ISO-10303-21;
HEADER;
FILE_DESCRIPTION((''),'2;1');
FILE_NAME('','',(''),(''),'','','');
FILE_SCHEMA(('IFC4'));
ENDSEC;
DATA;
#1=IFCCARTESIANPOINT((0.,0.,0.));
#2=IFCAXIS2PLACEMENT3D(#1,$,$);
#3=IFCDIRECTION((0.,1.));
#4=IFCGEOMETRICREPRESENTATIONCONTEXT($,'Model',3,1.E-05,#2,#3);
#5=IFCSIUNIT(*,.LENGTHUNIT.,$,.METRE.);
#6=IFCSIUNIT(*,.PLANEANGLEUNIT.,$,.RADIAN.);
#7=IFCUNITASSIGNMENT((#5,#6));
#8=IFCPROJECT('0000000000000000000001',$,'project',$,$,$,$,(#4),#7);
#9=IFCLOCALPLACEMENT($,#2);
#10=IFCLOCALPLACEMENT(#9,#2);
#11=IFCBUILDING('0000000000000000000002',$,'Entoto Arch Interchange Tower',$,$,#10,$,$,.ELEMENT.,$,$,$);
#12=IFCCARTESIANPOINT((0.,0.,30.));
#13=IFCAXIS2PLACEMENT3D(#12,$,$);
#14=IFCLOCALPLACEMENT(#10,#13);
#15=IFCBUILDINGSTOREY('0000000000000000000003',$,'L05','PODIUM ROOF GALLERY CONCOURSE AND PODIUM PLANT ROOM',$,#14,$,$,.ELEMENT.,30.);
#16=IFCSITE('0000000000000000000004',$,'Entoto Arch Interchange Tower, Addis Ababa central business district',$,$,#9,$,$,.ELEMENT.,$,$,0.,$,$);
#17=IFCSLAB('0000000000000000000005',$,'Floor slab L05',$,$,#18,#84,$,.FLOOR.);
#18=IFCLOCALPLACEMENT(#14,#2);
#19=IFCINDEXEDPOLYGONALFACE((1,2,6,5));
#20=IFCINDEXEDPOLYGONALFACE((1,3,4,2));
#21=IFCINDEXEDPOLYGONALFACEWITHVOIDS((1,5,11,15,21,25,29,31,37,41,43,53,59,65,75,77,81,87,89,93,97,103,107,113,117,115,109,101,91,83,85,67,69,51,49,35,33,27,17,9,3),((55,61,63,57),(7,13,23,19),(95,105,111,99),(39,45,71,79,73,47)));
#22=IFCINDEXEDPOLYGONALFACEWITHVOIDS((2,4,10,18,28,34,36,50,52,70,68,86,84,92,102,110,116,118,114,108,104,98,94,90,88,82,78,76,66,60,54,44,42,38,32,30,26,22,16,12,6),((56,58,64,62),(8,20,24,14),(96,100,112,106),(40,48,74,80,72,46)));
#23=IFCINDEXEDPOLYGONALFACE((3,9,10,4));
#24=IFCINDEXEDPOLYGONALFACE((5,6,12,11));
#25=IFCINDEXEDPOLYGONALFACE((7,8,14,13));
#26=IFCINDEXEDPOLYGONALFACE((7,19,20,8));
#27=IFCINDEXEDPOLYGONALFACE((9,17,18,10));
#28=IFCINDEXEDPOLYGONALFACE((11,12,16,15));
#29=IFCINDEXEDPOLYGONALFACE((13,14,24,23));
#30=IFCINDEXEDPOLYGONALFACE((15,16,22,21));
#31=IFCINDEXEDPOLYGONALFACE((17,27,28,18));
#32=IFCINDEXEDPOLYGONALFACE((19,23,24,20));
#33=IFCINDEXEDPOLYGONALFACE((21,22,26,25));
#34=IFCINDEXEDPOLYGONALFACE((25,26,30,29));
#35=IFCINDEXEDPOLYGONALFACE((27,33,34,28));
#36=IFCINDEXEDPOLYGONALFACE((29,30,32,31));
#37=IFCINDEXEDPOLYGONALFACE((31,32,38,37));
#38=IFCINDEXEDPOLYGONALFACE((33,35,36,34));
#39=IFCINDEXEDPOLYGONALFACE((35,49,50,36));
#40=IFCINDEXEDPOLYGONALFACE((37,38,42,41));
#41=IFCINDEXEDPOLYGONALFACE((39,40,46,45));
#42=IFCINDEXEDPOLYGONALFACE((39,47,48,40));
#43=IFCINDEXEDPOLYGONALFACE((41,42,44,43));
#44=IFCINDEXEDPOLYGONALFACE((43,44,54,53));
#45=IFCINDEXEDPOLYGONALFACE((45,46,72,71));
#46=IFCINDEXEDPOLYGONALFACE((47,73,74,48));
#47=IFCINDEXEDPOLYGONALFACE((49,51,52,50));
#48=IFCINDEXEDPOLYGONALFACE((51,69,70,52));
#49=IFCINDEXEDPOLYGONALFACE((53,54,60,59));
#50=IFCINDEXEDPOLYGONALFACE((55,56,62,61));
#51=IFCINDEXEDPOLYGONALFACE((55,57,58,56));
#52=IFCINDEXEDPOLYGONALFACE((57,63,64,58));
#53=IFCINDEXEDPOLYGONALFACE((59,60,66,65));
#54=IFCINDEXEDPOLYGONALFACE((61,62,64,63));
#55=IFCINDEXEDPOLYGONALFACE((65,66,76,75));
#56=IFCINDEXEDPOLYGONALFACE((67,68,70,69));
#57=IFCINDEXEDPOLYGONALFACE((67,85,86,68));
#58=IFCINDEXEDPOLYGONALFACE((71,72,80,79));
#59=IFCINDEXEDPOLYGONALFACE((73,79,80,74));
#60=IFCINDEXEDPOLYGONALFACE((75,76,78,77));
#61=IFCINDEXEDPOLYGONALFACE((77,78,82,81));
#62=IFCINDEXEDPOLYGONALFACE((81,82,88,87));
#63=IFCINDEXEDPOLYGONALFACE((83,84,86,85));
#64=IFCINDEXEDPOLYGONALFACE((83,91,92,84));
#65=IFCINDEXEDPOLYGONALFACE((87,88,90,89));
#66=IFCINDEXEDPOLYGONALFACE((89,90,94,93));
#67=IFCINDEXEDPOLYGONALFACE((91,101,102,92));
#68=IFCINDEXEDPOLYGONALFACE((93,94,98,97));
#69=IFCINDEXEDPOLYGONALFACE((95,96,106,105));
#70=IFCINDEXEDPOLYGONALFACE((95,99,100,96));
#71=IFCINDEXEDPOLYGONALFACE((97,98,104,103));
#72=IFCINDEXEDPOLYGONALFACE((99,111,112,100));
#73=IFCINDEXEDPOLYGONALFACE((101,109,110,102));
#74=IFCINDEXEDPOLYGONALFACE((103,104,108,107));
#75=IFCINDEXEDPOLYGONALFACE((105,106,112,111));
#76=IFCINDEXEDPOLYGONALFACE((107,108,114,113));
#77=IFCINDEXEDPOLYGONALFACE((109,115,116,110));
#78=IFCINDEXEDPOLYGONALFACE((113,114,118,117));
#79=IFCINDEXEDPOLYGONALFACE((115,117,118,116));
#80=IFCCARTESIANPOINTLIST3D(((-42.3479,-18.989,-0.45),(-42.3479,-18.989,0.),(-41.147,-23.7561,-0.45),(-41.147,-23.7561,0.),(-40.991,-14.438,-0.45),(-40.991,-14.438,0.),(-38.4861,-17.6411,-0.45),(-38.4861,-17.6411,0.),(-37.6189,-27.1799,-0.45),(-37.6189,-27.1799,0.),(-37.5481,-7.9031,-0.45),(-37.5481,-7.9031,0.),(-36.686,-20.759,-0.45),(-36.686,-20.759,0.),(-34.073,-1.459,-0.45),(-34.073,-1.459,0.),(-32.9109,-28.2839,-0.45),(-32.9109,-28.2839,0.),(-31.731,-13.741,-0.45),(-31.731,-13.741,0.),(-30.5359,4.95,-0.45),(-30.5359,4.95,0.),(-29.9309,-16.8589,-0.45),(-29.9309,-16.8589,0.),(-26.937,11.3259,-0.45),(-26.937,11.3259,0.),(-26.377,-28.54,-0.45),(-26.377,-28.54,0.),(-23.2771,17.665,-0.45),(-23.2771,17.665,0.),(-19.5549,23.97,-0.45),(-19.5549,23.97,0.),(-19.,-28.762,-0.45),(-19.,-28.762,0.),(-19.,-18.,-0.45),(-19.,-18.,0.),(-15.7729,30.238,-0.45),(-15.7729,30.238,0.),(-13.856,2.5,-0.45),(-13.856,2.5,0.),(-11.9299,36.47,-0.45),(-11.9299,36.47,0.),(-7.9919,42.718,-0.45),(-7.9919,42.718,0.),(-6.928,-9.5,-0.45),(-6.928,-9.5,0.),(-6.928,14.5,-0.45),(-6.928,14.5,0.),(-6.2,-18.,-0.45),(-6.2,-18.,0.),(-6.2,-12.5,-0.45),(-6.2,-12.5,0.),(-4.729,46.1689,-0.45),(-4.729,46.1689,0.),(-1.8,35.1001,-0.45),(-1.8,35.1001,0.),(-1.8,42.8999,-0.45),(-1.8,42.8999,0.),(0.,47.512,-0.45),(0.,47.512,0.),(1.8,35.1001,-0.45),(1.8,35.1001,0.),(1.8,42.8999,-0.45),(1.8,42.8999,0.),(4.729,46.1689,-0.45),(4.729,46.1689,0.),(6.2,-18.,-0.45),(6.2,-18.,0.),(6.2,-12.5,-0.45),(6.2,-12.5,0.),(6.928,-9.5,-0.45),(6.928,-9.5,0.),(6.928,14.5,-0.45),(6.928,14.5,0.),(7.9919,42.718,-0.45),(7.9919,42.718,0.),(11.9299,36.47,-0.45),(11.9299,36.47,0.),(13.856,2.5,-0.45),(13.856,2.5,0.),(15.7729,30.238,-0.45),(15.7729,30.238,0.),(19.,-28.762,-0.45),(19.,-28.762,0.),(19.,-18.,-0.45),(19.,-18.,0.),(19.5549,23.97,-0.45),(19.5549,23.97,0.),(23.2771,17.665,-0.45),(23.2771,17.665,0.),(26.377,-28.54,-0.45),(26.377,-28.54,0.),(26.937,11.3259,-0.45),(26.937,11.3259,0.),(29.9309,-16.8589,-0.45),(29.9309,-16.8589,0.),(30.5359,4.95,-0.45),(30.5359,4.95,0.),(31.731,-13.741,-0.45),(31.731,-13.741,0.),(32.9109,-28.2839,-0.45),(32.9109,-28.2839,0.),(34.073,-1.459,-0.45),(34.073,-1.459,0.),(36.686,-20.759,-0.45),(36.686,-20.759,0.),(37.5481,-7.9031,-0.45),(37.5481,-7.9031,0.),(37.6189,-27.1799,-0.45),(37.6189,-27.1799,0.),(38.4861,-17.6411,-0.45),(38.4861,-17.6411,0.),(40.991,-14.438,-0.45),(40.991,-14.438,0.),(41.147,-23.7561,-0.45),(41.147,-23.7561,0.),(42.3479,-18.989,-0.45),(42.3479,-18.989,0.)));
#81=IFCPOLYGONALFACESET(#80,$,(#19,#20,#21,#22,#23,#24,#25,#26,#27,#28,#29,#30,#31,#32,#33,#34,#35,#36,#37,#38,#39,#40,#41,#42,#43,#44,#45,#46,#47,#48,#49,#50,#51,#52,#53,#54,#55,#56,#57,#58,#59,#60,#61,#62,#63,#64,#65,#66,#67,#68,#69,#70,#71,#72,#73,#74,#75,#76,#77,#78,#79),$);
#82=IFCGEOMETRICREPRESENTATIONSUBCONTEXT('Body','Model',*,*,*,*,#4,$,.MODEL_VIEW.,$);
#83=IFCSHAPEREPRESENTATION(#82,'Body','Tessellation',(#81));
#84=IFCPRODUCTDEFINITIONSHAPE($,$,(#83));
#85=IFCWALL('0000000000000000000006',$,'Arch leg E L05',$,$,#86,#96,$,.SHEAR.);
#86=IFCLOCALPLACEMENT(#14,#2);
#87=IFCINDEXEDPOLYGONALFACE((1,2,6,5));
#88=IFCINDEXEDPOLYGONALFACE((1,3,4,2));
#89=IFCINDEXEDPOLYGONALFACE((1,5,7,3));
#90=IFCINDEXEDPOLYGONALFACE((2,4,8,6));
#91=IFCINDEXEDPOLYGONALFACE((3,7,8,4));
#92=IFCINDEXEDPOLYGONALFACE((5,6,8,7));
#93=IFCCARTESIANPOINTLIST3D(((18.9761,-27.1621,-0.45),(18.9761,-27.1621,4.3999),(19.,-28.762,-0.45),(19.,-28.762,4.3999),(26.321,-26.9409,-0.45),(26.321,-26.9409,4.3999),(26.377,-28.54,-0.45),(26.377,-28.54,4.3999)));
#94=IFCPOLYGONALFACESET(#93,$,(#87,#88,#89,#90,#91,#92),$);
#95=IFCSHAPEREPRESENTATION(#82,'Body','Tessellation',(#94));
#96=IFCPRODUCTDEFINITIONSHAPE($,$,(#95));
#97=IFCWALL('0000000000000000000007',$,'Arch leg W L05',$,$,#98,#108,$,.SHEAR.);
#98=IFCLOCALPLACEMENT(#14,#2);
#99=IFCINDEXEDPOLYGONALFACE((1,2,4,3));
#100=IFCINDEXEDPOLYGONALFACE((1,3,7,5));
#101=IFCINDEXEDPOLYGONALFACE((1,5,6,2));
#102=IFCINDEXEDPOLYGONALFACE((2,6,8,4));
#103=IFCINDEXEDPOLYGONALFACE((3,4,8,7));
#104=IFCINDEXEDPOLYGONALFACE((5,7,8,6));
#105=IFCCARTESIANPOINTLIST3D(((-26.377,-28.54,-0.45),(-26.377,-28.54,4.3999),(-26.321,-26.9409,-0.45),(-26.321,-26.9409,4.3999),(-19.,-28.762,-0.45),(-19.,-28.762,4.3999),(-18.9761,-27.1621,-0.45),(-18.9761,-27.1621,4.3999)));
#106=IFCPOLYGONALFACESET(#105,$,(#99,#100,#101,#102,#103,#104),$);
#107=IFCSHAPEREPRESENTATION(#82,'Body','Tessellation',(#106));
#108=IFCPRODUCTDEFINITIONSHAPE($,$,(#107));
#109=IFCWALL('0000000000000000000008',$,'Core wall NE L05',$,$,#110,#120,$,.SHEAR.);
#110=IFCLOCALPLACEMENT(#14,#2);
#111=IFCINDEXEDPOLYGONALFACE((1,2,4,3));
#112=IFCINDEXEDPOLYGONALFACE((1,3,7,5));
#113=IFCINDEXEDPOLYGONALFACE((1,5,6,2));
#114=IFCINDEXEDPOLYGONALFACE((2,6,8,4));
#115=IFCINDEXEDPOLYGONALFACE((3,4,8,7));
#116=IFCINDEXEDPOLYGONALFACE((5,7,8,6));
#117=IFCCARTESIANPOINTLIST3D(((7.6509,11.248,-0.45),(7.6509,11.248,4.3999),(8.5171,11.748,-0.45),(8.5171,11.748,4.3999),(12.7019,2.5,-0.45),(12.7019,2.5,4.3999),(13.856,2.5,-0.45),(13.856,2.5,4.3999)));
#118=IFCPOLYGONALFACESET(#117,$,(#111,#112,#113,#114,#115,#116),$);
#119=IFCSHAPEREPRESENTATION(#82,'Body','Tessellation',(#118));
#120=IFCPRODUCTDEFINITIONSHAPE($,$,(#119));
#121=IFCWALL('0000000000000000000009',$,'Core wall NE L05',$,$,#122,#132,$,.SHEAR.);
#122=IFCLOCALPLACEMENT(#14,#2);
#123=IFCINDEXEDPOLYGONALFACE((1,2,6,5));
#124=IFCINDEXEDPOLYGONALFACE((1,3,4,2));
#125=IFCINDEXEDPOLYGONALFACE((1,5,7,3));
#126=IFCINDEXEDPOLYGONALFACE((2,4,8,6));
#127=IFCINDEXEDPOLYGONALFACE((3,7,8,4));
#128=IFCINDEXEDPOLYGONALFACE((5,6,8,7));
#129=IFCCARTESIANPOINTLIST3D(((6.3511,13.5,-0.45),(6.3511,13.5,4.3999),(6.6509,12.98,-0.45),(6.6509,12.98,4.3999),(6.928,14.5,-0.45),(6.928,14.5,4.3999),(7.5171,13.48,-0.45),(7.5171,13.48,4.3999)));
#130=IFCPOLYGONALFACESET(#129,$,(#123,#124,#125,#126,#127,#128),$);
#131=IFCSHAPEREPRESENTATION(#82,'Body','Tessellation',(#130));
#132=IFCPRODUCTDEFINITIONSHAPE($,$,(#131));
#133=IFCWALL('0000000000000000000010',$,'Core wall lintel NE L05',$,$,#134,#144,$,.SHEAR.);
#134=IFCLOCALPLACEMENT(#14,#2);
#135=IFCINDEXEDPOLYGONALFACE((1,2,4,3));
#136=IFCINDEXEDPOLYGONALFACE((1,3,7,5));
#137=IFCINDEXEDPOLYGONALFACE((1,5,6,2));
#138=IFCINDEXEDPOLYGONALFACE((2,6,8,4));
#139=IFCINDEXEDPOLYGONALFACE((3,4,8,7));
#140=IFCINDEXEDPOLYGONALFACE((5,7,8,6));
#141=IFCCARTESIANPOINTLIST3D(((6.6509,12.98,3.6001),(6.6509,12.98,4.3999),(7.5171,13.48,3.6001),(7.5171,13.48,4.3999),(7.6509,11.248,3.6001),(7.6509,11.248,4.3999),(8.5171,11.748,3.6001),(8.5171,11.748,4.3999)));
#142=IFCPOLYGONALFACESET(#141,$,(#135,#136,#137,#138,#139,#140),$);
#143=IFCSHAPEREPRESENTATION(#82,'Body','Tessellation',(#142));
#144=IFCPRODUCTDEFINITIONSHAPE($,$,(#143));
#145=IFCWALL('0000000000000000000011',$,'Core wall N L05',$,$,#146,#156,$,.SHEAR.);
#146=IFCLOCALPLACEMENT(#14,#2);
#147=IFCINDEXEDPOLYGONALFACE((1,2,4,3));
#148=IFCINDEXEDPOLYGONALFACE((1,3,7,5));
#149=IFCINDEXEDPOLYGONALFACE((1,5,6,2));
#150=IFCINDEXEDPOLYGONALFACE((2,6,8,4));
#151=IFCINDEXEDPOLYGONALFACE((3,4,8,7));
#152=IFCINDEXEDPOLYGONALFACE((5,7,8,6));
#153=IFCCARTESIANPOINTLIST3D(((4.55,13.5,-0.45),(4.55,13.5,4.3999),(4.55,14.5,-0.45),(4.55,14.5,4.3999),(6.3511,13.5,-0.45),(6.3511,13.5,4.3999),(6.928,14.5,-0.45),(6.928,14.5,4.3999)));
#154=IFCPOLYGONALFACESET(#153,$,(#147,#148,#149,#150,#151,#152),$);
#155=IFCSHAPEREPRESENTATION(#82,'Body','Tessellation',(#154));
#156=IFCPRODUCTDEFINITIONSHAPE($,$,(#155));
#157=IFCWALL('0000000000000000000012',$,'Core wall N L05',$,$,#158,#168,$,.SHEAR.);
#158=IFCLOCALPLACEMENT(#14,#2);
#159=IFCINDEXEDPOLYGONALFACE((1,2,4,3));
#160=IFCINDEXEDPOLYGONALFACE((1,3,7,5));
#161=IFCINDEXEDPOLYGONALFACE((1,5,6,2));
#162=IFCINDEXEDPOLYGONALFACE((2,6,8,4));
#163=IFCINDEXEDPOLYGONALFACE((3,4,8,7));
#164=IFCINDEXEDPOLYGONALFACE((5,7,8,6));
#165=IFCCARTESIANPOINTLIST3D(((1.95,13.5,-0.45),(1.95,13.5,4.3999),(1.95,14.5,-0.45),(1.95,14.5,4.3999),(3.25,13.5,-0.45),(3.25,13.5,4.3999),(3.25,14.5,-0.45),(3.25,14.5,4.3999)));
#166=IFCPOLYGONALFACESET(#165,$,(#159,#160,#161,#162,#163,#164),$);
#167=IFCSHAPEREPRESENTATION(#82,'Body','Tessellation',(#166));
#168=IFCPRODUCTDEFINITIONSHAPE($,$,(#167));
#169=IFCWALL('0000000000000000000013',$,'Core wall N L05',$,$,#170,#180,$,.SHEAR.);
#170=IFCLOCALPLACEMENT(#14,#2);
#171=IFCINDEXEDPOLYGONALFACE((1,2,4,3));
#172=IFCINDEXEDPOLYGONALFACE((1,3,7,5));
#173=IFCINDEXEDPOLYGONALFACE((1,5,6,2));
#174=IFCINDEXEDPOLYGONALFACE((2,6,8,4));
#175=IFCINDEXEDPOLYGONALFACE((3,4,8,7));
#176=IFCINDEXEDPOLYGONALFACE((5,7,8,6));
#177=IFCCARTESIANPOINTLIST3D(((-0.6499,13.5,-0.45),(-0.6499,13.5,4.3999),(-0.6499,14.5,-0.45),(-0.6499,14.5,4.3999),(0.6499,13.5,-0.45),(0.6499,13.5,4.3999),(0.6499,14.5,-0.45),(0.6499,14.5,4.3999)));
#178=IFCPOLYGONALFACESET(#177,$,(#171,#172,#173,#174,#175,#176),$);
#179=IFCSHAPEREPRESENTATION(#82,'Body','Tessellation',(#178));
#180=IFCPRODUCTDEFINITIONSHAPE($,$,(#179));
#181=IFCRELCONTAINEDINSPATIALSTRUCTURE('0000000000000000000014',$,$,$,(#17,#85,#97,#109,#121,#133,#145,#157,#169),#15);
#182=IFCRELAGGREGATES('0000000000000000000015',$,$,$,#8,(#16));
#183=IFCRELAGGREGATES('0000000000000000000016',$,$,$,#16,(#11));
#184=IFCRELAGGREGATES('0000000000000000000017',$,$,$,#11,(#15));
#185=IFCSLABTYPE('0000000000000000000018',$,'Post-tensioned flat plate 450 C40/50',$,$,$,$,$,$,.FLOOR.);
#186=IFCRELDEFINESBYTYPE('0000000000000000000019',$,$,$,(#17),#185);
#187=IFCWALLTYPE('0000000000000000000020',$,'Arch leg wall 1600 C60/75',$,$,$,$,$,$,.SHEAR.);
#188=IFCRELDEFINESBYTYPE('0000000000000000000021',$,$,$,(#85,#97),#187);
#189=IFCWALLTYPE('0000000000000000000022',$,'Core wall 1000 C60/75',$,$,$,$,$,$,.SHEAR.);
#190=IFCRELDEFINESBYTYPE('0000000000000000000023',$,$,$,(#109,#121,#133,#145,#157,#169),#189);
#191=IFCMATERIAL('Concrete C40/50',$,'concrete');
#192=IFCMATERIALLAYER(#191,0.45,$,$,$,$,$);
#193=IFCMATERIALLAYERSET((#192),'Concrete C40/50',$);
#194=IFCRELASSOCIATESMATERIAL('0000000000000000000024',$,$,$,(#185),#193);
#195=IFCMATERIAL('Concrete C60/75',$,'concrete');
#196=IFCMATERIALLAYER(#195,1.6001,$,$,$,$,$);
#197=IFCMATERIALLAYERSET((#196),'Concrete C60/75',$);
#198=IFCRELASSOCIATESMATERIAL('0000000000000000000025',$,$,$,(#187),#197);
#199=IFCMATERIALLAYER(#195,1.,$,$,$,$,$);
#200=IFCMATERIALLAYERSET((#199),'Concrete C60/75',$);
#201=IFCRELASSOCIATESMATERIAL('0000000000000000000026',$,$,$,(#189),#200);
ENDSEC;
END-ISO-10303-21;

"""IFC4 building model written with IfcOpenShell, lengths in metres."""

from ifc_helpers import new_model, si_unit, direction, frame, origin, place, context, subcontext, project, spatial, polyline, outline, extrude, material, layer, layer_set, type_object, element, save


model = new_model("IFC4")

# Units and contexts
model_context = context("Model", 3, precision=1e-05, world=origin(), true_north=direction((0.0, 1.0)))
body_context = subcontext(model_context, "Body", "Model", "MODEL_VIEW")
ifc_project = project(units=[si_unit("LENGTHUNIT", "METRE"), si_unit("PLANEANGLEUNIT", "RADIAN")], contexts=[model_context])

# Site, building, storey
site_placement = place(None, origin())
site = spatial("IfcSite", under=ifc_project, at=site_placement, Name="Entoto Arch Interchange Tower, Addis Ababa central business district", CompositionType="ELEMENT", RefElevation=0.0)
building_placement = place(site_placement, origin())
building = spatial("IfcBuilding", under=site, at=building_placement, Name="Entoto Arch Interchange Tower", CompositionType="ELEMENT")
storey_placement = place(building_placement, frame((0.0, 0.0, 30.0)))
storey = spatial("IfcBuildingStorey", under=building, at=storey_placement, Name="L05", Description="PODIUM ROOF GALLERY CONCOURSE AND PODIUM PLANT ROOM", CompositionType="ELEMENT", Elevation=30.0)

# Slab
ifc_material_1 = material(Name="Concrete C40/50", Category="concrete")
ifc_layer_1 = layer(ifc_material_1, 0.45)
ifc_layer_set_1 = layer_set([ifc_layer_1], Name="Concrete C40/50")
slab_type = type_object("IfcSlabType", Name="Post-tensioned flat plate 450 C40/50", PredefinedType="FLOOR", material=ifc_layer_set_1)
slab_placement = place(storey_placement, frame((0.0, 0.0, -0.45)))
element("IfcSlab", 1, at=slab_placement, inside=storey, type_object=slab_type, Name="Floor slab L05", PredefinedType="FLOOR", context=body_context, shape_type="SweptSolid", body=[
    extrude(outline(polyline([(-26.377, -28.54), (-19.0, -28.762), (-19.0, -18.0), (-6.2, -18.0), (-6.2, -12.5), (6.2, -12.5), (6.2, -18.0), (19.0, -18.0), (19.0, -28.762), (26.377, -28.54), (32.9109, -28.2839), (37.6189, -27.1799), (41.147, -23.7561), (42.3479, -18.989), (40.991, -14.438), (37.5481, -7.9031), (34.073, -1.459), (30.5359, 4.95), (26.937, 11.3259), (23.2771, 17.665), (19.5549, 23.97), (15.7729, 30.238), (11.9299, 36.47), (7.9919, 42.718), (4.729, 46.1689), (0.0, 47.512), (-4.729, 46.1689), (-7.9919, 42.718), (-11.9299, 36.47), (-15.7729, 30.238), (-19.5549, 23.97), (-23.2771, 17.665), (-26.937, 11.3259), (-30.5359, 4.95), (-34.073, -1.459), (-37.5481, -7.9031), (-40.991, -14.438), (-42.3479, -18.989), (-41.147, -23.7561), (-37.6189, -27.1799), (-32.9109, -28.2839), (-26.377, -28.54)]), holes=[polyline([(-29.9309, -16.8589), (-31.731, -13.741), (-38.4861, -17.6411), (-36.686, -20.759), (-29.9309, -16.8589)]), polyline([(31.731, -13.741), (29.9309, -16.8589), (36.686, -20.759), (38.4861, -17.6411), (31.731, -13.741)]), polyline([(-6.928, -9.5), (6.928, -9.5), (13.856, 2.5), (6.928, 14.5), (-6.928, 14.5), (-13.856, 2.5), (-6.928, -9.5)]), polyline([(-1.8, 42.8999), (-1.8, 35.1001), (1.8, 35.1001), (1.8, 42.8999), (-1.8, 42.8999)])]), origin(), (0.0, 0.0, 1.0), 0.45),
])

# Walls
ifc_material_2 = material(Name="Concrete C60/75", Category="concrete")
ifc_layer_2 = layer(ifc_material_2, 1.6001)
ifc_layer_set_2 = layer_set([ifc_layer_2], Name="Concrete C60/75")
wall_type_1 = type_object("IfcWallType", Name="Arch leg wall 1600 C60/75", PredefinedType="SHEAR", material=ifc_layer_set_2)
wall_1_placement = place(storey_placement, frame((0.0, 0.0, -0.45)))
element("IfcWall", 2, at=wall_1_placement, inside=storey, type_object=wall_type_1, Name="Arch leg E L05", PredefinedType="SHEAR", context=body_context, shape_type="SweptSolid", body=[
    extrude(outline(polyline([(19.0, -28.762), (26.377, -28.54), (26.321, -26.9409), (18.9761, -27.1621), (19.0, -28.762)])), origin(), (0.0, 0.0, 1.0), 4.8499),
])
wall_2_placement = place(storey_placement, frame((0.0, 0.0, -0.45)))
element("IfcWall", 3, at=wall_2_placement, inside=storey, type_object=wall_type_1, Name="Arch leg W L05", PredefinedType="SHEAR", context=body_context, shape_type="SweptSolid", body=[
    extrude(outline(polyline([(-26.377, -28.54), (-19.0, -28.762), (-18.9761, -27.1621), (-26.321, -26.9409), (-26.377, -28.54)])), origin(), (0.0, 0.0, 1.0), 4.8499),
])
ifc_layer_3 = layer(ifc_material_2, 1.0)
ifc_layer_set_3 = layer_set([ifc_layer_3], Name="Concrete C60/75")
wall_type_2 = type_object("IfcWallType", Name="Core wall 1000 C60/75", PredefinedType="SHEAR", material=ifc_layer_set_3)
wall_3_placement = place(storey_placement, frame((0.0, 0.0, -0.45)))
element("IfcWall", 4, at=wall_3_placement, inside=storey, type_object=wall_type_2, Name="Core wall NE L05", PredefinedType="SHEAR", context=body_context, shape_type="SweptSolid", body=[
    extrude(outline(polyline([(8.5171, 11.748), (7.6509, 11.248), (12.7019, 2.5), (13.856, 2.5), (8.5171, 11.748)])), origin(), (0.0, 0.0, 1.0), 4.8499),
])
wall_4_placement = place(storey_placement, frame((0.0, 0.0, -0.45)))
element("IfcWall", 5, at=wall_4_placement, inside=storey, type_object=wall_type_2, Name="Core wall NE L05", PredefinedType="SHEAR", context=body_context, shape_type="SweptSolid", body=[
    extrude(outline(polyline([(6.6509, 12.98), (7.5171, 13.48), (6.928, 14.5), (6.3511, 13.5), (6.6509, 12.98)])), origin(), (0.0, 0.0, 1.0), 4.8499),
])
wall_5_placement = place(storey_placement, frame((0.0, 0.0, 3.6001)))
element("IfcWall", 6, at=wall_5_placement, inside=storey, type_object=wall_type_2, Name="Core wall lintel NE L05", PredefinedType="SHEAR", context=body_context, shape_type="SweptSolid", body=[
    extrude(outline(polyline([(7.5171, 13.48), (6.6509, 12.98), (7.6509, 11.248), (8.5171, 11.748), (7.5171, 13.48)])), origin(), (0.0, 0.0, 1.0), 0.7998),
])
wall_6_placement = place(storey_placement, frame((0.0, 0.0, -0.45)))
element("IfcWall", 7, at=wall_6_placement, inside=storey, type_object=wall_type_2, Name="Core wall N L05", PredefinedType="SHEAR", context=body_context, shape_type="SweptSolid", body=[
    extrude(outline(polyline([(4.55, 14.5), (4.55, 13.5), (6.3511, 13.5), (6.928, 14.5), (4.55, 14.5)])), origin(), (0.0, 0.0, 1.0), 4.8499),
])
wall_7_placement = place(storey_placement, frame((0.0, 0.0, -0.45)))
element("IfcWall", 8, at=wall_7_placement, inside=storey, type_object=wall_type_2, Name="Core wall N L05", PredefinedType="SHEAR", context=body_context, shape_type="SweptSolid", body=[
    extrude(outline(polyline([(1.95, 14.5), (1.95, 13.5), (3.25, 13.5), (3.25, 14.5), (1.95, 14.5)])), origin(), (0.0, 0.0, 1.0), 4.8499),
])
wall_8_placement = place(storey_placement, frame((0.0, 0.0, -0.45)))
element("IfcWall", 9, at=wall_8_placement, inside=storey, type_object=wall_type_2, Name="Core wall N L05", PredefinedType="SHEAR", context=body_context, shape_type="SweptSolid", body=[
    extrude(outline(polyline([(-0.6499, 14.5), (-0.6499, 13.5), (0.6499, 13.5), (0.6499, 14.5), (-0.6499, 14.5)])), origin(), (0.0, 0.0, 1.0), 4.8499),
])

save(model, "model.ifc")
